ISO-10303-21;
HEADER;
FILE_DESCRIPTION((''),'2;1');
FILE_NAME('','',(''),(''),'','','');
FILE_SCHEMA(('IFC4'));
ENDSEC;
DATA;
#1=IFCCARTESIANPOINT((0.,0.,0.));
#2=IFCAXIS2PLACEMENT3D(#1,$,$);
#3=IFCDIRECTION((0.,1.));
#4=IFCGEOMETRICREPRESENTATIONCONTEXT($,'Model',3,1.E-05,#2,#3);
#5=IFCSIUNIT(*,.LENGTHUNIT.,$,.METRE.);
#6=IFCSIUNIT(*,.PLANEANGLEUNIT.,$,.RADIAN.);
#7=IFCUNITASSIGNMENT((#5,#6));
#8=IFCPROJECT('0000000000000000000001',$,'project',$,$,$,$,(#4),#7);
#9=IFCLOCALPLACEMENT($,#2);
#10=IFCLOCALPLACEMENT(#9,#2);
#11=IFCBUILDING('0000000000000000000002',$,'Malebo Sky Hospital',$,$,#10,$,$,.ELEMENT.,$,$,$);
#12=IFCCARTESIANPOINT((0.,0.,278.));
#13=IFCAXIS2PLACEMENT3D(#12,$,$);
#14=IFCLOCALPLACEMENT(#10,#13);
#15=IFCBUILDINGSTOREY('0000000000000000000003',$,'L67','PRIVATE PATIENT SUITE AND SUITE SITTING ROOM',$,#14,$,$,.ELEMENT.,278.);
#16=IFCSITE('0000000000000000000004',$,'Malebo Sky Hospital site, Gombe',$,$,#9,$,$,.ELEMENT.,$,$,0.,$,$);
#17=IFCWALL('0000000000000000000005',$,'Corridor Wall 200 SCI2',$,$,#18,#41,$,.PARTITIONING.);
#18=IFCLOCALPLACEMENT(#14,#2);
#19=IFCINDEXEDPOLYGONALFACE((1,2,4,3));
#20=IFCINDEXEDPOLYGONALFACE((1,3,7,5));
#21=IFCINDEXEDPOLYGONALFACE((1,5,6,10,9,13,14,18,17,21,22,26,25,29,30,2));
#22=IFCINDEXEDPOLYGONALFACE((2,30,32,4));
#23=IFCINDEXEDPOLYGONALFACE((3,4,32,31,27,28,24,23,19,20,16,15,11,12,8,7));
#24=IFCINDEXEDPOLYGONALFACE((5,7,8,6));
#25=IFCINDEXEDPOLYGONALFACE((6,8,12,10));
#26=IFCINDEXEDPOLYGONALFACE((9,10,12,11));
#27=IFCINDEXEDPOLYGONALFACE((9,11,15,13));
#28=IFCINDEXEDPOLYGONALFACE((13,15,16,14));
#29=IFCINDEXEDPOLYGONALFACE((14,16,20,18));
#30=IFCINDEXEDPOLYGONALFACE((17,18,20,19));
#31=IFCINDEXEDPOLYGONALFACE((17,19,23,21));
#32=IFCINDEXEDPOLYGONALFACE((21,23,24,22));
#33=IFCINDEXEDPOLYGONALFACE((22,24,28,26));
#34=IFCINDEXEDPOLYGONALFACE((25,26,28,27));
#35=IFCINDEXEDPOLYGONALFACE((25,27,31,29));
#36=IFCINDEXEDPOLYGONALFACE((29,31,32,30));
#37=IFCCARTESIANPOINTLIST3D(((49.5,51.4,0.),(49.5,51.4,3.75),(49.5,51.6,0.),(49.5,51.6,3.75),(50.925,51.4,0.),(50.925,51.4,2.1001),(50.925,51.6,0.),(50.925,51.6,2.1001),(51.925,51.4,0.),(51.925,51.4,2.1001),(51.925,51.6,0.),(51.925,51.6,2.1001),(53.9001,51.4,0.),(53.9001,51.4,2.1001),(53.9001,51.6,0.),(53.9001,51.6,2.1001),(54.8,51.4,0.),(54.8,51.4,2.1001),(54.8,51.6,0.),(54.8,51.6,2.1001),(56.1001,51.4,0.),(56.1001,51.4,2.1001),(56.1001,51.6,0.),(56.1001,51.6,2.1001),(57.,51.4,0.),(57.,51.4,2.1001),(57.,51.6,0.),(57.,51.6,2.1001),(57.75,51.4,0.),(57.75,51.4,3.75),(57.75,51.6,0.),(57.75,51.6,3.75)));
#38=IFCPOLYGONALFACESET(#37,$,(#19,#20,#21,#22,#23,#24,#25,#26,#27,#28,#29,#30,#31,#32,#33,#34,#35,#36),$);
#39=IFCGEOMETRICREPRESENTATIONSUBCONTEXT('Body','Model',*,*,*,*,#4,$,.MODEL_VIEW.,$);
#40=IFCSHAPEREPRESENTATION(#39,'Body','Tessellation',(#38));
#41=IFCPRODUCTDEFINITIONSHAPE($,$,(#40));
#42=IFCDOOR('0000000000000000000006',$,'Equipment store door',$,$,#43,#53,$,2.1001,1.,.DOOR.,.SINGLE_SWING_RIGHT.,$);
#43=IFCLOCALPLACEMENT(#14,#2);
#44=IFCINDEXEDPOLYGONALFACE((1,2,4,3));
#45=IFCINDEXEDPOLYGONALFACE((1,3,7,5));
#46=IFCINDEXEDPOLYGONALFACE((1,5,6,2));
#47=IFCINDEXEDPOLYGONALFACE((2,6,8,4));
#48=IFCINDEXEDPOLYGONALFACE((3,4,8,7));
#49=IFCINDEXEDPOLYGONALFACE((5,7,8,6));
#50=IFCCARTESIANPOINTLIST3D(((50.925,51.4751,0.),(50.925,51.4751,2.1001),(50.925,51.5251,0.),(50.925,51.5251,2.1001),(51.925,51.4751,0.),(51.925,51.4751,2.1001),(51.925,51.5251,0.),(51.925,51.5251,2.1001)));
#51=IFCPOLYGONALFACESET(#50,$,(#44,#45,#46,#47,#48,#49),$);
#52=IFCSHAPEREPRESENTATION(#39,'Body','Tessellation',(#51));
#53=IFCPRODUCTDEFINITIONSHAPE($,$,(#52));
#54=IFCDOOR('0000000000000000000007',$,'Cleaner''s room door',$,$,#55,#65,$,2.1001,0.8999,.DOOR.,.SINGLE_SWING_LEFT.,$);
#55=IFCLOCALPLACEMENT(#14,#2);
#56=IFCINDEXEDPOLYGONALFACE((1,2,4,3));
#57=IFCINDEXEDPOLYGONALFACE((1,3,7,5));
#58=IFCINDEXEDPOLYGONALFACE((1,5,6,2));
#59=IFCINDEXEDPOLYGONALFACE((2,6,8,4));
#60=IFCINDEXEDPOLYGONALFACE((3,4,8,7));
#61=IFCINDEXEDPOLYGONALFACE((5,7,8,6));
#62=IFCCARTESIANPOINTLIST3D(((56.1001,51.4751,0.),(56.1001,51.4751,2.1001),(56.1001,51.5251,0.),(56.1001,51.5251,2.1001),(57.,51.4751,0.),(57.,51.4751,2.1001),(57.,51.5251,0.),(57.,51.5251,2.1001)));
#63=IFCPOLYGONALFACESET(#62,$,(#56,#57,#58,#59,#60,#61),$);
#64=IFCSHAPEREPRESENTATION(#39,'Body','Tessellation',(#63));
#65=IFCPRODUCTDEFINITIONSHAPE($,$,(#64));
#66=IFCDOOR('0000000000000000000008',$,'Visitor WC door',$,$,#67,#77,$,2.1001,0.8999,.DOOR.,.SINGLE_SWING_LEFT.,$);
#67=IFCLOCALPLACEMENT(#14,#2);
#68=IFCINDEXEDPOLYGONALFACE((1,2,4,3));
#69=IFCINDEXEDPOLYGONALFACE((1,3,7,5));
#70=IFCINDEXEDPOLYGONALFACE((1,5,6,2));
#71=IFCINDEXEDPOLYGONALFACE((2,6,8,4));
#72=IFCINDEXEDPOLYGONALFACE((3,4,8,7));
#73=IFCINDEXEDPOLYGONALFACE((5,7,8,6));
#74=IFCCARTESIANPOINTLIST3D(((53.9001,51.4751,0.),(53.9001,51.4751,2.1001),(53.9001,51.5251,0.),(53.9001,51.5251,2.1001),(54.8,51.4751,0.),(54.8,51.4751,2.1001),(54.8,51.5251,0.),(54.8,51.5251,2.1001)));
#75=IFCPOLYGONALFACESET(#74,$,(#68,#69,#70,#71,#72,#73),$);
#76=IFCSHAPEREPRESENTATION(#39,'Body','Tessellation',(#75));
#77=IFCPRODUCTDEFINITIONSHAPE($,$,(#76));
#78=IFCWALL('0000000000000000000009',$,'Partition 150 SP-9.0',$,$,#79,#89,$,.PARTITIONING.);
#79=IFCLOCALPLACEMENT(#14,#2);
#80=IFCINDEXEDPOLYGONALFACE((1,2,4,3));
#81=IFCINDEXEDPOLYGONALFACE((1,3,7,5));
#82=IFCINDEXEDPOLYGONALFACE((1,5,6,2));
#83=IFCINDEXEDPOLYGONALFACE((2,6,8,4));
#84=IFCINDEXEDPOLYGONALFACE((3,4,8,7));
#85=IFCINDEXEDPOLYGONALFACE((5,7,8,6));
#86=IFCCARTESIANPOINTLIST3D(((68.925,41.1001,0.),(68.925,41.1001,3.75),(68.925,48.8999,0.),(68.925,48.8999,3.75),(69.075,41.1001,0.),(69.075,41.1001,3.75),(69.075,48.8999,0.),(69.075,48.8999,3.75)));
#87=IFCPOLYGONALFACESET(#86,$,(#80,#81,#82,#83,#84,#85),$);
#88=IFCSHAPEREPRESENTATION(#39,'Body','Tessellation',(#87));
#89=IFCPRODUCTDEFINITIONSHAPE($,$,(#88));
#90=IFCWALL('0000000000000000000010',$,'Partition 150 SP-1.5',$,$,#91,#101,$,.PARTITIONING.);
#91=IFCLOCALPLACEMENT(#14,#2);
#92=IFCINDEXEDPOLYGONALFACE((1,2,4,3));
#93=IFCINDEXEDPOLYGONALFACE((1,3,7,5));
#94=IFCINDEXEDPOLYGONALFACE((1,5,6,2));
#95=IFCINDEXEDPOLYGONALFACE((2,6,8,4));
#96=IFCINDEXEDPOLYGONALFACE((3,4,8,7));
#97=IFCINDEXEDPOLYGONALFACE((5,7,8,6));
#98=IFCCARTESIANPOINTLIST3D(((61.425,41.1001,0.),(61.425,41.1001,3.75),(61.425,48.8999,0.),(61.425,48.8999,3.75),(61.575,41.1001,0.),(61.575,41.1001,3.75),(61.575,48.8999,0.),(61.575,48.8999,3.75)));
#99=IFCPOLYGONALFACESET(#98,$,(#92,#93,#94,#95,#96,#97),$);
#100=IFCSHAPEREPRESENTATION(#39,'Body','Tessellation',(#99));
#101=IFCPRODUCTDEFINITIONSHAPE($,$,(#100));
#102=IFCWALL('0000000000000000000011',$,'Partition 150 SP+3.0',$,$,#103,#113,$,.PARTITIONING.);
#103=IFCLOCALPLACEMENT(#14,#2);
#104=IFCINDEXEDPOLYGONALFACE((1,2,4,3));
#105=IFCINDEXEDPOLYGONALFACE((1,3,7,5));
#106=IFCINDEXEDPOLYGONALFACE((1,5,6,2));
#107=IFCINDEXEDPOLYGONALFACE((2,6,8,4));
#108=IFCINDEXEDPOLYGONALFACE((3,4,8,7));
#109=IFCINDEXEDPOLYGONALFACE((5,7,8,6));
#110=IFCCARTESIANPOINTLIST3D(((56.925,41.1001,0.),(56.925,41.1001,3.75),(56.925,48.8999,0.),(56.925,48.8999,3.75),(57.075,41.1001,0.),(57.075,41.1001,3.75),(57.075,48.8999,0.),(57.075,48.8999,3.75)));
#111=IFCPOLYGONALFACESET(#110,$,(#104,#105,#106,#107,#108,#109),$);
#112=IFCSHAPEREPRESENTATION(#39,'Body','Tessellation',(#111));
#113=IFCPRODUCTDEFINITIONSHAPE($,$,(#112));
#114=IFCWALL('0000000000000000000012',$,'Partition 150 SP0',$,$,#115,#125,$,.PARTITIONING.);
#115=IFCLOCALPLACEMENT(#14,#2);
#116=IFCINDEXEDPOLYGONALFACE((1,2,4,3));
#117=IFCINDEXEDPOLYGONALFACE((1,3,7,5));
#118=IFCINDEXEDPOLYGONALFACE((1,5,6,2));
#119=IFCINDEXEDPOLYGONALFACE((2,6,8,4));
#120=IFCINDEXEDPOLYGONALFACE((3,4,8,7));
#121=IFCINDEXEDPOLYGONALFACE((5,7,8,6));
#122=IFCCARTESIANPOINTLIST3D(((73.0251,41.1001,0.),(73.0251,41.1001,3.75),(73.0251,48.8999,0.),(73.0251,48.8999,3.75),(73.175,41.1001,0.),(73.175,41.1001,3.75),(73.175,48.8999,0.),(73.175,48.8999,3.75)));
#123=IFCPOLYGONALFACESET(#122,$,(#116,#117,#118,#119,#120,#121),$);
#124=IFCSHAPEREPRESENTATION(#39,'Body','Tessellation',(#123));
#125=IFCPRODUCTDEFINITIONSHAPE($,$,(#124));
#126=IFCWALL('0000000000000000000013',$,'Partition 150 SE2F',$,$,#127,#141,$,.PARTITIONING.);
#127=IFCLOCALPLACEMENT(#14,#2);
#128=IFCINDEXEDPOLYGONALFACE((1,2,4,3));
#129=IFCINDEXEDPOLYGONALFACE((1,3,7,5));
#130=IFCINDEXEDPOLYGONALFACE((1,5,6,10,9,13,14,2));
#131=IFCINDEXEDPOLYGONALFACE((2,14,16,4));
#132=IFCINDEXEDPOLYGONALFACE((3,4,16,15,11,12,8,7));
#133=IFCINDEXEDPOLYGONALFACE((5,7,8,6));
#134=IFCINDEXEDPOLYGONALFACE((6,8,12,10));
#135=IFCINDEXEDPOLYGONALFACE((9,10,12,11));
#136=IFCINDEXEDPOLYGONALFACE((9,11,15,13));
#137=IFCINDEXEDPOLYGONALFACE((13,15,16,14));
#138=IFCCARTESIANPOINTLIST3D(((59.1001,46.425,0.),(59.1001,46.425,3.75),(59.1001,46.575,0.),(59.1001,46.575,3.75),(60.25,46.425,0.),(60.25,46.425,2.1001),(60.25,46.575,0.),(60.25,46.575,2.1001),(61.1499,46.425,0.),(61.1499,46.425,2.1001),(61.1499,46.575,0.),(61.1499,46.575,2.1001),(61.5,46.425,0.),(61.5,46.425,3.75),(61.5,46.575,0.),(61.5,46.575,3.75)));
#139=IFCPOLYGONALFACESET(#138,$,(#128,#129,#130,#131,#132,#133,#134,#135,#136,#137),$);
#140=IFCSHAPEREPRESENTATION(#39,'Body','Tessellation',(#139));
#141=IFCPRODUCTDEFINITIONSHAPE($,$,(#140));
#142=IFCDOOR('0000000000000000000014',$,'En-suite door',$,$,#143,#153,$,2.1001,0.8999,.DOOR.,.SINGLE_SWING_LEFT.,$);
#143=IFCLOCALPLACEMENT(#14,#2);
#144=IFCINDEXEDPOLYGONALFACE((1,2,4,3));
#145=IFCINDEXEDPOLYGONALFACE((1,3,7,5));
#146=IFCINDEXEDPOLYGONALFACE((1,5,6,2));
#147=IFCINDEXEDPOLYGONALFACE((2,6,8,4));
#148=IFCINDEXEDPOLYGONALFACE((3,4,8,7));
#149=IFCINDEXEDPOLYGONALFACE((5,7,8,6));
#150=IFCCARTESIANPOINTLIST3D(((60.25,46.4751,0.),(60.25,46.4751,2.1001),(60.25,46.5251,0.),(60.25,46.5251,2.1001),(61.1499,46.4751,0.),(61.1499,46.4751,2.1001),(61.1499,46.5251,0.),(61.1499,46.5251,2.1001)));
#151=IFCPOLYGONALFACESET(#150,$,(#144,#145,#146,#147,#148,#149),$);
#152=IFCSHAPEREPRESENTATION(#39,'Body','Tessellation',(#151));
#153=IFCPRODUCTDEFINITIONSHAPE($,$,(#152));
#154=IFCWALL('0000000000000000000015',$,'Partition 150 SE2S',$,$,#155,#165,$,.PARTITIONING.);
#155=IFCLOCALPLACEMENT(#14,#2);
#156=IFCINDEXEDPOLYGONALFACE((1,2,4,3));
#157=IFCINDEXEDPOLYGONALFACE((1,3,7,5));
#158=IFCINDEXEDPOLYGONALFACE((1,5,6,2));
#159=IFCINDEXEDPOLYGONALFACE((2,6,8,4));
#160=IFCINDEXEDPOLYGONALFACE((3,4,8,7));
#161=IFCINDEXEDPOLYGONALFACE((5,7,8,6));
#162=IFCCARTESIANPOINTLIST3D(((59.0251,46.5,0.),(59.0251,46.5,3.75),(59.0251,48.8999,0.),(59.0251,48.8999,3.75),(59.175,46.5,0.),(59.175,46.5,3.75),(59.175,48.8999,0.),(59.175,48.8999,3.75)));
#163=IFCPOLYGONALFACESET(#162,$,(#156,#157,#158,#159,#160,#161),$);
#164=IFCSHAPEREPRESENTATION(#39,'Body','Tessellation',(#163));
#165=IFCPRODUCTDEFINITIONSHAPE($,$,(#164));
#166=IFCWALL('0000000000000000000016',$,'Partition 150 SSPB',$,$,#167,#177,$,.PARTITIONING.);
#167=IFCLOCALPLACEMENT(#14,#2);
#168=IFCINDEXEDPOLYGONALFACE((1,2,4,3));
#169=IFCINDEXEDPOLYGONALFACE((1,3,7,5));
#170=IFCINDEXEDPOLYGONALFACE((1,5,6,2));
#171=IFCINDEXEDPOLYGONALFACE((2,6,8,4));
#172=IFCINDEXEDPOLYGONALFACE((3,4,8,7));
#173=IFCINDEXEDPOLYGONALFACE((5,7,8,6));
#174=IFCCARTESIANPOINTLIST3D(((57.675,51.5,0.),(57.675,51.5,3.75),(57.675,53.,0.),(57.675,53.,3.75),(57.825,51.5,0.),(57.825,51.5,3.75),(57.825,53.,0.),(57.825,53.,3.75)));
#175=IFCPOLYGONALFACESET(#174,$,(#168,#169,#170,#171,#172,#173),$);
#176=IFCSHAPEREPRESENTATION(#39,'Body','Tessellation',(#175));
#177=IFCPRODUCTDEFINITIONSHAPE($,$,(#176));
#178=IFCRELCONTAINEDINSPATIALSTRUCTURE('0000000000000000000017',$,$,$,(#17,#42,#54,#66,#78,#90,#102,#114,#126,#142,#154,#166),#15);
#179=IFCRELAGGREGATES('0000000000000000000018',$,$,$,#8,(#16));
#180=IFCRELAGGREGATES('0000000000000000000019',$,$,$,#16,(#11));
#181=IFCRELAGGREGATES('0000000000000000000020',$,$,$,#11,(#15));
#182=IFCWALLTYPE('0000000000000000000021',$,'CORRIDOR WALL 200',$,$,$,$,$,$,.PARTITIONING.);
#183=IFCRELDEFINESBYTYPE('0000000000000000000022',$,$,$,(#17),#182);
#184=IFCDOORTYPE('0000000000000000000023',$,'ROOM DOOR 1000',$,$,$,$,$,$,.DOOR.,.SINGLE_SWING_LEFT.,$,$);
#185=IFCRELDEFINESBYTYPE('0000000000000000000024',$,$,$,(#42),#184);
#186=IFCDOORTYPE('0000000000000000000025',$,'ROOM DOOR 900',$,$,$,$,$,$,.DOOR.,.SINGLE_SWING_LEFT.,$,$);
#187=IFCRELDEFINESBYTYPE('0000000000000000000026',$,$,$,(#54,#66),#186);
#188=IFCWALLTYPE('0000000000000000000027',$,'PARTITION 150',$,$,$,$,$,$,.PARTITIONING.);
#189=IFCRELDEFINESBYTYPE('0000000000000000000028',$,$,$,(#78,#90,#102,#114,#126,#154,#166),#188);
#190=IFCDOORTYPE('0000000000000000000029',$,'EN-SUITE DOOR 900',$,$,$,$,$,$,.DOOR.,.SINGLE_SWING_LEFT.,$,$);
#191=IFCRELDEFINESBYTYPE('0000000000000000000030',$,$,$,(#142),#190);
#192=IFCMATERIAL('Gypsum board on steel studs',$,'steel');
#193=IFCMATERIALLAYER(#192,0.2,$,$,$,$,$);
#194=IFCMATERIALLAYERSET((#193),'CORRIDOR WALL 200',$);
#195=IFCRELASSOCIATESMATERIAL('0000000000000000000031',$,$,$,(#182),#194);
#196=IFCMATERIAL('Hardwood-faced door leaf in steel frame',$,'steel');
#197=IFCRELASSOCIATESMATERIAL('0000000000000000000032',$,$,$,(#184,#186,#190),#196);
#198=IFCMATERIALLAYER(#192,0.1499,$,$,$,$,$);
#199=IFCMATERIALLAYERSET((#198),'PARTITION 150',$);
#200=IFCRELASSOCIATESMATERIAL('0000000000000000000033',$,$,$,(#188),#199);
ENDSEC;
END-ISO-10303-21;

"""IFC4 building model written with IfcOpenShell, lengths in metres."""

from ifc_helpers import new_model, si_unit, direction, frame, frame_2d, origin, place, context, subcontext, project, spatial, rectangle, extrude, material, layer, layer_set, type_object, element, fill, save


model = new_model("IFC4")

# Units and contexts
model_context = context("Model", 3, precision=1e-05, world=origin(), true_north=direction((0.0, 1.0)))
body_context = subcontext(model_context, "Body", "Model", "MODEL_VIEW")
ifc_project = project(units=[si_unit("LENGTHUNIT", "METRE"), si_unit("PLANEANGLEUNIT", "RADIAN")], contexts=[model_context])

# Site, building, storey
site_placement = place(None, origin())
site = spatial("IfcSite", under=ifc_project, at=site_placement, Name="Malebo Sky Hospital site, Gombe", CompositionType="ELEMENT", RefElevation=0.0)
building_placement = place(site_placement, origin())
building = spatial("IfcBuilding", under=site, at=building_placement, Name="Malebo Sky Hospital", CompositionType="ELEMENT")
storey_placement = place(building_placement, frame((0.0, 0.0, 278.0)))
storey = spatial("IfcBuildingStorey", under=building, at=storey_placement, Name="L67", Description="PRIVATE PATIENT SUITE AND SUITE SITTING ROOM", CompositionType="ELEMENT", Elevation=278.0)

# Wall, openings, doors
ifc_material_1 = material(Name="Gypsum board on steel studs", Category="steel")
ifc_layer_1 = layer(ifc_material_1, 0.2)
ifc_layer_set_1 = layer_set([ifc_layer_1], Name="CORRIDOR WALL 200")
wall_type_1 = type_object("IfcWallType", Name="CORRIDOR WALL 200", PredefinedType="PARTITIONING", material=ifc_layer_set_1)
ifc_material_2 = material(Name="Hardwood-faced door leaf in steel frame", Category="steel")
door_type_1 = type_object("IfcDoorType", Name="ROOM DOOR 1000", OperationType="SINGLE_SWING_LEFT", PredefinedType="DOOR", material=ifc_material_2)
door_type_2 = type_object("IfcDoorType", Name="ROOM DOOR 900", OperationType="SINGLE_SWING_LEFT", PredefinedType="DOOR", material=ifc_material_2)
wall_1_placement = place(storey_placement, frame((57.75, 51.5, 0.0), z_axis=(0.0, 0.0, 1.0), x_axis=(-1.0, 0.0, 0.0)))
wall_1 = element("IfcWall", 1, at=wall_1_placement, inside=storey, type_object=wall_type_1, Name="Corridor Wall 200 SCI2", PredefinedType="PARTITIONING", context=body_context, shape_type="SweptSolid", body=[
    extrude(rectangle(XDim=8.25, YDim=0.2, at=frame_2d((4.125, 0.0))), origin(), (0.0, 0.0, 1.0), 3.75),
])
opening_1_placement = place(wall_1_placement, frame((0.75, 0.0, 0.0)))
opening_1 = element("IfcOpeningElement", 2, at=opening_1_placement, cuts=wall_1, PredefinedType="OPENING", context=body_context, shape_type="SweptSolid", body=[
    extrude(rectangle(XDim=0.8999, YDim=2.1001, at=frame_2d((0.45, 1.05))), frame((0.0, 0.1099, 0.0), z_axis=(0.0, -1.0, 0.0), x_axis=(1.0, 0.0, 0.0)), (0.0, 0.0, 1.0), 0.22),
])
opening_2_placement = place(wall_1_placement, frame((2.95, 0.0, 0.0)))
opening_2 = element("IfcOpeningElement", 3, at=opening_2_placement, cuts=wall_1, PredefinedType="OPENING", context=body_context, shape_type="SweptSolid", body=[
    extrude(rectangle(XDim=0.8999, YDim=2.1001, at=frame_2d((0.45, 1.05))), frame((0.0, 0.1099, 0.0), z_axis=(0.0, -1.0, 0.0), x_axis=(1.0, 0.0, 0.0)), (0.0, 0.0, 1.0), 0.22),
])
opening_3_placement = place(wall_1_placement, frame((5.825, 0.0, 0.0)))
opening_3 = element("IfcOpeningElement", 4, at=opening_3_placement, cuts=wall_1, PredefinedType="OPENING", context=body_context, shape_type="SweptSolid", body=[
    extrude(rectangle(XDim=1.0, YDim=2.1001, at=frame_2d((0.5, 1.05))), frame((0.0, 0.1099, 0.0), z_axis=(0.0, -1.0, 0.0), x_axis=(1.0, 0.0, 0.0)), (0.0, 0.0, 1.0), 0.22),
])
door_1_placement = place(opening_3_placement, origin())
door_1 = element("IfcDoor", 5, at=door_1_placement, inside=storey, type_object=door_type_1, Name="Equipment store door", OperationType="SINGLE_SWING_RIGHT", OverallHeight=2.1001, OverallWidth=1.0, PredefinedType="DOOR", context=body_context, shape_type="SweptSolid", body=[
    extrude(rectangle(XDim=1.0, YDim=2.1001, at=frame_2d((0.5, 1.05))), frame((0.0, 0.0249, 0.0), z_axis=(0.0, -1.0, 0.0), x_axis=(1.0, 0.0, 0.0)), (0.0, 0.0, 1.0), 0.05),
])
fill(opening_3, door_1)
door_2_placement = place(opening_1_placement, origin())
door_2 = element("IfcDoor", 6, at=door_2_placement, inside=storey, type_object=door_type_2, Name="Cleaner's room door", OperationType="SINGLE_SWING_LEFT", OverallHeight=2.1001, OverallWidth=0.8999, PredefinedType="DOOR", context=body_context, shape_type="SweptSolid", body=[
    extrude(rectangle(XDim=0.8999, YDim=2.1001, at=frame_2d((0.45, 1.05))), frame((0.0, 0.0249, 0.0), z_axis=(0.0, -1.0, 0.0), x_axis=(1.0, 0.0, 0.0)), (0.0, 0.0, 1.0), 0.05),
])
fill(opening_1, door_2)
door_3_placement = place(opening_2_placement, origin())
door_3 = element("IfcDoor", 7, at=door_3_placement, inside=storey, type_object=door_type_2, Name="Visitor WC door", OperationType="SINGLE_SWING_LEFT", OverallHeight=2.1001, OverallWidth=0.8999, PredefinedType="DOOR", context=body_context, shape_type="SweptSolid", body=[
    extrude(rectangle(XDim=0.8999, YDim=2.1001, at=frame_2d((0.45, 1.05))), frame((0.0, 0.0249, 0.0), z_axis=(0.0, -1.0, 0.0), x_axis=(1.0, 0.0, 0.0)), (0.0, 0.0, 1.0), 0.05),
])
fill(opening_2, door_3)

# Walls
ifc_layer_2 = layer(ifc_material_1, 0.1499)
ifc_layer_set_2 = layer_set([ifc_layer_2], Name="PARTITION 150")
wall_type_2 = type_object("IfcWallType", Name="PARTITION 150", PredefinedType="PARTITIONING", material=ifc_layer_set_2)
for number, where, z_axis, x_axis, name in (
    (8, (69.0, 48.8999, 0.0), (0.0, 0.0, 1.0), (0.0, -1.0, 0.0), "Partition 150 SP-9.0"),
    (9, (61.5, 48.8999, 0.0), (0.0, 0.0, 1.0), (0.0, -1.0, 0.0), "Partition 150 SP-1.5"),
    (10, (57.0, 48.8999, 0.0), (0.0, 0.0, 1.0), (0.0, -1.0, 0.0), "Partition 150 SP+3.0"),
    (11, (73.1001, 48.8999, 0.0), (0.0, 0.0, 1.0), (0.0, -1.0, 0.0), "Partition 150 SP0"),
):
    element("IfcWall", number, at=place(storey_placement, frame(where, z_axis=z_axis, x_axis=x_axis)), inside=storey, type_object=wall_type_2, Name=name, PredefinedType="PARTITIONING", context=body_context, shape_type="SweptSolid", body=[
        extrude(rectangle(XDim=7.7998, YDim=0.1499, at=frame_2d((3.8999, 0.0))), origin(), (0.0, 0.0, 1.0), 3.75),
    ])

# Wall, opening, door
wall_2_placement = place(storey_placement, frame((61.5, 46.5, 0.0), z_axis=(0.0, 0.0, 1.0), x_axis=(-1.0, 0.0, 0.0)))
wall_2 = element("IfcWall", 12, at=wall_2_placement, inside=storey, type_object=wall_type_2, Name="Partition 150 SE2F", PredefinedType="PARTITIONING", context=body_context, shape_type="SweptSolid", body=[
    extrude(rectangle(XDim=2.3999, YDim=0.1499, at=frame_2d((1.2, 0.0))), origin(), (0.0, 0.0, 1.0), 3.75),
])
opening_4_placement = place(wall_2_placement, frame((0.3501, 0.0, 0.0)))
opening_4 = element("IfcOpeningElement", 13, at=opening_4_placement, cuts=wall_2, PredefinedType="OPENING", context=body_context, shape_type="SweptSolid", body=[
    extrude(rectangle(XDim=0.8999, YDim=2.1001, at=frame_2d((0.45, 1.05))), frame((0.0, 0.085, 0.0), z_axis=(0.0, -1.0, 0.0), x_axis=(1.0, 0.0, 0.0)), (0.0, 0.0, 1.0), 0.1699),
])
door_type_3 = type_object("IfcDoorType", Name="EN-SUITE DOOR 900", OperationType="SINGLE_SWING_LEFT", PredefinedType="DOOR", material=ifc_material_2)
door_4_placement = place(opening_4_placement, origin())
door_4 = element("IfcDoor", 14, at=door_4_placement, inside=storey, type_object=door_type_3, Name="En-suite door", OperationType="SINGLE_SWING_LEFT", OverallHeight=2.1001, OverallWidth=0.8999, PredefinedType="DOOR", context=body_context, shape_type="SweptSolid", body=[
    extrude(rectangle(XDim=0.8999, YDim=2.1001, at=frame_2d((0.45, 1.05))), frame((0.0, 0.0249, 0.0), z_axis=(0.0, -1.0, 0.0), x_axis=(1.0, 0.0, 0.0)), (0.0, 0.0, 1.0), 0.05),
])
fill(opening_4, door_4)

# Walls
wall_3_placement = place(storey_placement, frame((59.1001, 48.8999, 0.0), z_axis=(0.0, 0.0, 1.0), x_axis=(0.0, -1.0, 0.0)))
element("IfcWall", 15, at=wall_3_placement, inside=storey, type_object=wall_type_2, Name="Partition 150 SE2S", PredefinedType="PARTITIONING", context=body_context, shape_type="SweptSolid", body=[
    extrude(rectangle(XDim=2.3999, YDim=0.1499, at=frame_2d((1.2, 0.0))), origin(), (0.0, 0.0, 1.0), 3.75),
])
wall_4_placement = place(storey_placement, frame((57.75, 53.0, 0.0), z_axis=(0.0, 0.0, 1.0), x_axis=(0.0, -1.0, 0.0)))
element("IfcWall", 16, at=wall_4_placement, inside=storey, type_object=wall_type_2, Name="Partition 150 SSPB", PredefinedType="PARTITIONING", context=body_context, shape_type="SweptSolid", body=[
    extrude(rectangle(XDim=1.5, YDim=0.1499, at=frame_2d((0.75, 0.0))), origin(), (0.0, 0.0, 1.0), 3.75),
])

save(model, "model.ifc")
